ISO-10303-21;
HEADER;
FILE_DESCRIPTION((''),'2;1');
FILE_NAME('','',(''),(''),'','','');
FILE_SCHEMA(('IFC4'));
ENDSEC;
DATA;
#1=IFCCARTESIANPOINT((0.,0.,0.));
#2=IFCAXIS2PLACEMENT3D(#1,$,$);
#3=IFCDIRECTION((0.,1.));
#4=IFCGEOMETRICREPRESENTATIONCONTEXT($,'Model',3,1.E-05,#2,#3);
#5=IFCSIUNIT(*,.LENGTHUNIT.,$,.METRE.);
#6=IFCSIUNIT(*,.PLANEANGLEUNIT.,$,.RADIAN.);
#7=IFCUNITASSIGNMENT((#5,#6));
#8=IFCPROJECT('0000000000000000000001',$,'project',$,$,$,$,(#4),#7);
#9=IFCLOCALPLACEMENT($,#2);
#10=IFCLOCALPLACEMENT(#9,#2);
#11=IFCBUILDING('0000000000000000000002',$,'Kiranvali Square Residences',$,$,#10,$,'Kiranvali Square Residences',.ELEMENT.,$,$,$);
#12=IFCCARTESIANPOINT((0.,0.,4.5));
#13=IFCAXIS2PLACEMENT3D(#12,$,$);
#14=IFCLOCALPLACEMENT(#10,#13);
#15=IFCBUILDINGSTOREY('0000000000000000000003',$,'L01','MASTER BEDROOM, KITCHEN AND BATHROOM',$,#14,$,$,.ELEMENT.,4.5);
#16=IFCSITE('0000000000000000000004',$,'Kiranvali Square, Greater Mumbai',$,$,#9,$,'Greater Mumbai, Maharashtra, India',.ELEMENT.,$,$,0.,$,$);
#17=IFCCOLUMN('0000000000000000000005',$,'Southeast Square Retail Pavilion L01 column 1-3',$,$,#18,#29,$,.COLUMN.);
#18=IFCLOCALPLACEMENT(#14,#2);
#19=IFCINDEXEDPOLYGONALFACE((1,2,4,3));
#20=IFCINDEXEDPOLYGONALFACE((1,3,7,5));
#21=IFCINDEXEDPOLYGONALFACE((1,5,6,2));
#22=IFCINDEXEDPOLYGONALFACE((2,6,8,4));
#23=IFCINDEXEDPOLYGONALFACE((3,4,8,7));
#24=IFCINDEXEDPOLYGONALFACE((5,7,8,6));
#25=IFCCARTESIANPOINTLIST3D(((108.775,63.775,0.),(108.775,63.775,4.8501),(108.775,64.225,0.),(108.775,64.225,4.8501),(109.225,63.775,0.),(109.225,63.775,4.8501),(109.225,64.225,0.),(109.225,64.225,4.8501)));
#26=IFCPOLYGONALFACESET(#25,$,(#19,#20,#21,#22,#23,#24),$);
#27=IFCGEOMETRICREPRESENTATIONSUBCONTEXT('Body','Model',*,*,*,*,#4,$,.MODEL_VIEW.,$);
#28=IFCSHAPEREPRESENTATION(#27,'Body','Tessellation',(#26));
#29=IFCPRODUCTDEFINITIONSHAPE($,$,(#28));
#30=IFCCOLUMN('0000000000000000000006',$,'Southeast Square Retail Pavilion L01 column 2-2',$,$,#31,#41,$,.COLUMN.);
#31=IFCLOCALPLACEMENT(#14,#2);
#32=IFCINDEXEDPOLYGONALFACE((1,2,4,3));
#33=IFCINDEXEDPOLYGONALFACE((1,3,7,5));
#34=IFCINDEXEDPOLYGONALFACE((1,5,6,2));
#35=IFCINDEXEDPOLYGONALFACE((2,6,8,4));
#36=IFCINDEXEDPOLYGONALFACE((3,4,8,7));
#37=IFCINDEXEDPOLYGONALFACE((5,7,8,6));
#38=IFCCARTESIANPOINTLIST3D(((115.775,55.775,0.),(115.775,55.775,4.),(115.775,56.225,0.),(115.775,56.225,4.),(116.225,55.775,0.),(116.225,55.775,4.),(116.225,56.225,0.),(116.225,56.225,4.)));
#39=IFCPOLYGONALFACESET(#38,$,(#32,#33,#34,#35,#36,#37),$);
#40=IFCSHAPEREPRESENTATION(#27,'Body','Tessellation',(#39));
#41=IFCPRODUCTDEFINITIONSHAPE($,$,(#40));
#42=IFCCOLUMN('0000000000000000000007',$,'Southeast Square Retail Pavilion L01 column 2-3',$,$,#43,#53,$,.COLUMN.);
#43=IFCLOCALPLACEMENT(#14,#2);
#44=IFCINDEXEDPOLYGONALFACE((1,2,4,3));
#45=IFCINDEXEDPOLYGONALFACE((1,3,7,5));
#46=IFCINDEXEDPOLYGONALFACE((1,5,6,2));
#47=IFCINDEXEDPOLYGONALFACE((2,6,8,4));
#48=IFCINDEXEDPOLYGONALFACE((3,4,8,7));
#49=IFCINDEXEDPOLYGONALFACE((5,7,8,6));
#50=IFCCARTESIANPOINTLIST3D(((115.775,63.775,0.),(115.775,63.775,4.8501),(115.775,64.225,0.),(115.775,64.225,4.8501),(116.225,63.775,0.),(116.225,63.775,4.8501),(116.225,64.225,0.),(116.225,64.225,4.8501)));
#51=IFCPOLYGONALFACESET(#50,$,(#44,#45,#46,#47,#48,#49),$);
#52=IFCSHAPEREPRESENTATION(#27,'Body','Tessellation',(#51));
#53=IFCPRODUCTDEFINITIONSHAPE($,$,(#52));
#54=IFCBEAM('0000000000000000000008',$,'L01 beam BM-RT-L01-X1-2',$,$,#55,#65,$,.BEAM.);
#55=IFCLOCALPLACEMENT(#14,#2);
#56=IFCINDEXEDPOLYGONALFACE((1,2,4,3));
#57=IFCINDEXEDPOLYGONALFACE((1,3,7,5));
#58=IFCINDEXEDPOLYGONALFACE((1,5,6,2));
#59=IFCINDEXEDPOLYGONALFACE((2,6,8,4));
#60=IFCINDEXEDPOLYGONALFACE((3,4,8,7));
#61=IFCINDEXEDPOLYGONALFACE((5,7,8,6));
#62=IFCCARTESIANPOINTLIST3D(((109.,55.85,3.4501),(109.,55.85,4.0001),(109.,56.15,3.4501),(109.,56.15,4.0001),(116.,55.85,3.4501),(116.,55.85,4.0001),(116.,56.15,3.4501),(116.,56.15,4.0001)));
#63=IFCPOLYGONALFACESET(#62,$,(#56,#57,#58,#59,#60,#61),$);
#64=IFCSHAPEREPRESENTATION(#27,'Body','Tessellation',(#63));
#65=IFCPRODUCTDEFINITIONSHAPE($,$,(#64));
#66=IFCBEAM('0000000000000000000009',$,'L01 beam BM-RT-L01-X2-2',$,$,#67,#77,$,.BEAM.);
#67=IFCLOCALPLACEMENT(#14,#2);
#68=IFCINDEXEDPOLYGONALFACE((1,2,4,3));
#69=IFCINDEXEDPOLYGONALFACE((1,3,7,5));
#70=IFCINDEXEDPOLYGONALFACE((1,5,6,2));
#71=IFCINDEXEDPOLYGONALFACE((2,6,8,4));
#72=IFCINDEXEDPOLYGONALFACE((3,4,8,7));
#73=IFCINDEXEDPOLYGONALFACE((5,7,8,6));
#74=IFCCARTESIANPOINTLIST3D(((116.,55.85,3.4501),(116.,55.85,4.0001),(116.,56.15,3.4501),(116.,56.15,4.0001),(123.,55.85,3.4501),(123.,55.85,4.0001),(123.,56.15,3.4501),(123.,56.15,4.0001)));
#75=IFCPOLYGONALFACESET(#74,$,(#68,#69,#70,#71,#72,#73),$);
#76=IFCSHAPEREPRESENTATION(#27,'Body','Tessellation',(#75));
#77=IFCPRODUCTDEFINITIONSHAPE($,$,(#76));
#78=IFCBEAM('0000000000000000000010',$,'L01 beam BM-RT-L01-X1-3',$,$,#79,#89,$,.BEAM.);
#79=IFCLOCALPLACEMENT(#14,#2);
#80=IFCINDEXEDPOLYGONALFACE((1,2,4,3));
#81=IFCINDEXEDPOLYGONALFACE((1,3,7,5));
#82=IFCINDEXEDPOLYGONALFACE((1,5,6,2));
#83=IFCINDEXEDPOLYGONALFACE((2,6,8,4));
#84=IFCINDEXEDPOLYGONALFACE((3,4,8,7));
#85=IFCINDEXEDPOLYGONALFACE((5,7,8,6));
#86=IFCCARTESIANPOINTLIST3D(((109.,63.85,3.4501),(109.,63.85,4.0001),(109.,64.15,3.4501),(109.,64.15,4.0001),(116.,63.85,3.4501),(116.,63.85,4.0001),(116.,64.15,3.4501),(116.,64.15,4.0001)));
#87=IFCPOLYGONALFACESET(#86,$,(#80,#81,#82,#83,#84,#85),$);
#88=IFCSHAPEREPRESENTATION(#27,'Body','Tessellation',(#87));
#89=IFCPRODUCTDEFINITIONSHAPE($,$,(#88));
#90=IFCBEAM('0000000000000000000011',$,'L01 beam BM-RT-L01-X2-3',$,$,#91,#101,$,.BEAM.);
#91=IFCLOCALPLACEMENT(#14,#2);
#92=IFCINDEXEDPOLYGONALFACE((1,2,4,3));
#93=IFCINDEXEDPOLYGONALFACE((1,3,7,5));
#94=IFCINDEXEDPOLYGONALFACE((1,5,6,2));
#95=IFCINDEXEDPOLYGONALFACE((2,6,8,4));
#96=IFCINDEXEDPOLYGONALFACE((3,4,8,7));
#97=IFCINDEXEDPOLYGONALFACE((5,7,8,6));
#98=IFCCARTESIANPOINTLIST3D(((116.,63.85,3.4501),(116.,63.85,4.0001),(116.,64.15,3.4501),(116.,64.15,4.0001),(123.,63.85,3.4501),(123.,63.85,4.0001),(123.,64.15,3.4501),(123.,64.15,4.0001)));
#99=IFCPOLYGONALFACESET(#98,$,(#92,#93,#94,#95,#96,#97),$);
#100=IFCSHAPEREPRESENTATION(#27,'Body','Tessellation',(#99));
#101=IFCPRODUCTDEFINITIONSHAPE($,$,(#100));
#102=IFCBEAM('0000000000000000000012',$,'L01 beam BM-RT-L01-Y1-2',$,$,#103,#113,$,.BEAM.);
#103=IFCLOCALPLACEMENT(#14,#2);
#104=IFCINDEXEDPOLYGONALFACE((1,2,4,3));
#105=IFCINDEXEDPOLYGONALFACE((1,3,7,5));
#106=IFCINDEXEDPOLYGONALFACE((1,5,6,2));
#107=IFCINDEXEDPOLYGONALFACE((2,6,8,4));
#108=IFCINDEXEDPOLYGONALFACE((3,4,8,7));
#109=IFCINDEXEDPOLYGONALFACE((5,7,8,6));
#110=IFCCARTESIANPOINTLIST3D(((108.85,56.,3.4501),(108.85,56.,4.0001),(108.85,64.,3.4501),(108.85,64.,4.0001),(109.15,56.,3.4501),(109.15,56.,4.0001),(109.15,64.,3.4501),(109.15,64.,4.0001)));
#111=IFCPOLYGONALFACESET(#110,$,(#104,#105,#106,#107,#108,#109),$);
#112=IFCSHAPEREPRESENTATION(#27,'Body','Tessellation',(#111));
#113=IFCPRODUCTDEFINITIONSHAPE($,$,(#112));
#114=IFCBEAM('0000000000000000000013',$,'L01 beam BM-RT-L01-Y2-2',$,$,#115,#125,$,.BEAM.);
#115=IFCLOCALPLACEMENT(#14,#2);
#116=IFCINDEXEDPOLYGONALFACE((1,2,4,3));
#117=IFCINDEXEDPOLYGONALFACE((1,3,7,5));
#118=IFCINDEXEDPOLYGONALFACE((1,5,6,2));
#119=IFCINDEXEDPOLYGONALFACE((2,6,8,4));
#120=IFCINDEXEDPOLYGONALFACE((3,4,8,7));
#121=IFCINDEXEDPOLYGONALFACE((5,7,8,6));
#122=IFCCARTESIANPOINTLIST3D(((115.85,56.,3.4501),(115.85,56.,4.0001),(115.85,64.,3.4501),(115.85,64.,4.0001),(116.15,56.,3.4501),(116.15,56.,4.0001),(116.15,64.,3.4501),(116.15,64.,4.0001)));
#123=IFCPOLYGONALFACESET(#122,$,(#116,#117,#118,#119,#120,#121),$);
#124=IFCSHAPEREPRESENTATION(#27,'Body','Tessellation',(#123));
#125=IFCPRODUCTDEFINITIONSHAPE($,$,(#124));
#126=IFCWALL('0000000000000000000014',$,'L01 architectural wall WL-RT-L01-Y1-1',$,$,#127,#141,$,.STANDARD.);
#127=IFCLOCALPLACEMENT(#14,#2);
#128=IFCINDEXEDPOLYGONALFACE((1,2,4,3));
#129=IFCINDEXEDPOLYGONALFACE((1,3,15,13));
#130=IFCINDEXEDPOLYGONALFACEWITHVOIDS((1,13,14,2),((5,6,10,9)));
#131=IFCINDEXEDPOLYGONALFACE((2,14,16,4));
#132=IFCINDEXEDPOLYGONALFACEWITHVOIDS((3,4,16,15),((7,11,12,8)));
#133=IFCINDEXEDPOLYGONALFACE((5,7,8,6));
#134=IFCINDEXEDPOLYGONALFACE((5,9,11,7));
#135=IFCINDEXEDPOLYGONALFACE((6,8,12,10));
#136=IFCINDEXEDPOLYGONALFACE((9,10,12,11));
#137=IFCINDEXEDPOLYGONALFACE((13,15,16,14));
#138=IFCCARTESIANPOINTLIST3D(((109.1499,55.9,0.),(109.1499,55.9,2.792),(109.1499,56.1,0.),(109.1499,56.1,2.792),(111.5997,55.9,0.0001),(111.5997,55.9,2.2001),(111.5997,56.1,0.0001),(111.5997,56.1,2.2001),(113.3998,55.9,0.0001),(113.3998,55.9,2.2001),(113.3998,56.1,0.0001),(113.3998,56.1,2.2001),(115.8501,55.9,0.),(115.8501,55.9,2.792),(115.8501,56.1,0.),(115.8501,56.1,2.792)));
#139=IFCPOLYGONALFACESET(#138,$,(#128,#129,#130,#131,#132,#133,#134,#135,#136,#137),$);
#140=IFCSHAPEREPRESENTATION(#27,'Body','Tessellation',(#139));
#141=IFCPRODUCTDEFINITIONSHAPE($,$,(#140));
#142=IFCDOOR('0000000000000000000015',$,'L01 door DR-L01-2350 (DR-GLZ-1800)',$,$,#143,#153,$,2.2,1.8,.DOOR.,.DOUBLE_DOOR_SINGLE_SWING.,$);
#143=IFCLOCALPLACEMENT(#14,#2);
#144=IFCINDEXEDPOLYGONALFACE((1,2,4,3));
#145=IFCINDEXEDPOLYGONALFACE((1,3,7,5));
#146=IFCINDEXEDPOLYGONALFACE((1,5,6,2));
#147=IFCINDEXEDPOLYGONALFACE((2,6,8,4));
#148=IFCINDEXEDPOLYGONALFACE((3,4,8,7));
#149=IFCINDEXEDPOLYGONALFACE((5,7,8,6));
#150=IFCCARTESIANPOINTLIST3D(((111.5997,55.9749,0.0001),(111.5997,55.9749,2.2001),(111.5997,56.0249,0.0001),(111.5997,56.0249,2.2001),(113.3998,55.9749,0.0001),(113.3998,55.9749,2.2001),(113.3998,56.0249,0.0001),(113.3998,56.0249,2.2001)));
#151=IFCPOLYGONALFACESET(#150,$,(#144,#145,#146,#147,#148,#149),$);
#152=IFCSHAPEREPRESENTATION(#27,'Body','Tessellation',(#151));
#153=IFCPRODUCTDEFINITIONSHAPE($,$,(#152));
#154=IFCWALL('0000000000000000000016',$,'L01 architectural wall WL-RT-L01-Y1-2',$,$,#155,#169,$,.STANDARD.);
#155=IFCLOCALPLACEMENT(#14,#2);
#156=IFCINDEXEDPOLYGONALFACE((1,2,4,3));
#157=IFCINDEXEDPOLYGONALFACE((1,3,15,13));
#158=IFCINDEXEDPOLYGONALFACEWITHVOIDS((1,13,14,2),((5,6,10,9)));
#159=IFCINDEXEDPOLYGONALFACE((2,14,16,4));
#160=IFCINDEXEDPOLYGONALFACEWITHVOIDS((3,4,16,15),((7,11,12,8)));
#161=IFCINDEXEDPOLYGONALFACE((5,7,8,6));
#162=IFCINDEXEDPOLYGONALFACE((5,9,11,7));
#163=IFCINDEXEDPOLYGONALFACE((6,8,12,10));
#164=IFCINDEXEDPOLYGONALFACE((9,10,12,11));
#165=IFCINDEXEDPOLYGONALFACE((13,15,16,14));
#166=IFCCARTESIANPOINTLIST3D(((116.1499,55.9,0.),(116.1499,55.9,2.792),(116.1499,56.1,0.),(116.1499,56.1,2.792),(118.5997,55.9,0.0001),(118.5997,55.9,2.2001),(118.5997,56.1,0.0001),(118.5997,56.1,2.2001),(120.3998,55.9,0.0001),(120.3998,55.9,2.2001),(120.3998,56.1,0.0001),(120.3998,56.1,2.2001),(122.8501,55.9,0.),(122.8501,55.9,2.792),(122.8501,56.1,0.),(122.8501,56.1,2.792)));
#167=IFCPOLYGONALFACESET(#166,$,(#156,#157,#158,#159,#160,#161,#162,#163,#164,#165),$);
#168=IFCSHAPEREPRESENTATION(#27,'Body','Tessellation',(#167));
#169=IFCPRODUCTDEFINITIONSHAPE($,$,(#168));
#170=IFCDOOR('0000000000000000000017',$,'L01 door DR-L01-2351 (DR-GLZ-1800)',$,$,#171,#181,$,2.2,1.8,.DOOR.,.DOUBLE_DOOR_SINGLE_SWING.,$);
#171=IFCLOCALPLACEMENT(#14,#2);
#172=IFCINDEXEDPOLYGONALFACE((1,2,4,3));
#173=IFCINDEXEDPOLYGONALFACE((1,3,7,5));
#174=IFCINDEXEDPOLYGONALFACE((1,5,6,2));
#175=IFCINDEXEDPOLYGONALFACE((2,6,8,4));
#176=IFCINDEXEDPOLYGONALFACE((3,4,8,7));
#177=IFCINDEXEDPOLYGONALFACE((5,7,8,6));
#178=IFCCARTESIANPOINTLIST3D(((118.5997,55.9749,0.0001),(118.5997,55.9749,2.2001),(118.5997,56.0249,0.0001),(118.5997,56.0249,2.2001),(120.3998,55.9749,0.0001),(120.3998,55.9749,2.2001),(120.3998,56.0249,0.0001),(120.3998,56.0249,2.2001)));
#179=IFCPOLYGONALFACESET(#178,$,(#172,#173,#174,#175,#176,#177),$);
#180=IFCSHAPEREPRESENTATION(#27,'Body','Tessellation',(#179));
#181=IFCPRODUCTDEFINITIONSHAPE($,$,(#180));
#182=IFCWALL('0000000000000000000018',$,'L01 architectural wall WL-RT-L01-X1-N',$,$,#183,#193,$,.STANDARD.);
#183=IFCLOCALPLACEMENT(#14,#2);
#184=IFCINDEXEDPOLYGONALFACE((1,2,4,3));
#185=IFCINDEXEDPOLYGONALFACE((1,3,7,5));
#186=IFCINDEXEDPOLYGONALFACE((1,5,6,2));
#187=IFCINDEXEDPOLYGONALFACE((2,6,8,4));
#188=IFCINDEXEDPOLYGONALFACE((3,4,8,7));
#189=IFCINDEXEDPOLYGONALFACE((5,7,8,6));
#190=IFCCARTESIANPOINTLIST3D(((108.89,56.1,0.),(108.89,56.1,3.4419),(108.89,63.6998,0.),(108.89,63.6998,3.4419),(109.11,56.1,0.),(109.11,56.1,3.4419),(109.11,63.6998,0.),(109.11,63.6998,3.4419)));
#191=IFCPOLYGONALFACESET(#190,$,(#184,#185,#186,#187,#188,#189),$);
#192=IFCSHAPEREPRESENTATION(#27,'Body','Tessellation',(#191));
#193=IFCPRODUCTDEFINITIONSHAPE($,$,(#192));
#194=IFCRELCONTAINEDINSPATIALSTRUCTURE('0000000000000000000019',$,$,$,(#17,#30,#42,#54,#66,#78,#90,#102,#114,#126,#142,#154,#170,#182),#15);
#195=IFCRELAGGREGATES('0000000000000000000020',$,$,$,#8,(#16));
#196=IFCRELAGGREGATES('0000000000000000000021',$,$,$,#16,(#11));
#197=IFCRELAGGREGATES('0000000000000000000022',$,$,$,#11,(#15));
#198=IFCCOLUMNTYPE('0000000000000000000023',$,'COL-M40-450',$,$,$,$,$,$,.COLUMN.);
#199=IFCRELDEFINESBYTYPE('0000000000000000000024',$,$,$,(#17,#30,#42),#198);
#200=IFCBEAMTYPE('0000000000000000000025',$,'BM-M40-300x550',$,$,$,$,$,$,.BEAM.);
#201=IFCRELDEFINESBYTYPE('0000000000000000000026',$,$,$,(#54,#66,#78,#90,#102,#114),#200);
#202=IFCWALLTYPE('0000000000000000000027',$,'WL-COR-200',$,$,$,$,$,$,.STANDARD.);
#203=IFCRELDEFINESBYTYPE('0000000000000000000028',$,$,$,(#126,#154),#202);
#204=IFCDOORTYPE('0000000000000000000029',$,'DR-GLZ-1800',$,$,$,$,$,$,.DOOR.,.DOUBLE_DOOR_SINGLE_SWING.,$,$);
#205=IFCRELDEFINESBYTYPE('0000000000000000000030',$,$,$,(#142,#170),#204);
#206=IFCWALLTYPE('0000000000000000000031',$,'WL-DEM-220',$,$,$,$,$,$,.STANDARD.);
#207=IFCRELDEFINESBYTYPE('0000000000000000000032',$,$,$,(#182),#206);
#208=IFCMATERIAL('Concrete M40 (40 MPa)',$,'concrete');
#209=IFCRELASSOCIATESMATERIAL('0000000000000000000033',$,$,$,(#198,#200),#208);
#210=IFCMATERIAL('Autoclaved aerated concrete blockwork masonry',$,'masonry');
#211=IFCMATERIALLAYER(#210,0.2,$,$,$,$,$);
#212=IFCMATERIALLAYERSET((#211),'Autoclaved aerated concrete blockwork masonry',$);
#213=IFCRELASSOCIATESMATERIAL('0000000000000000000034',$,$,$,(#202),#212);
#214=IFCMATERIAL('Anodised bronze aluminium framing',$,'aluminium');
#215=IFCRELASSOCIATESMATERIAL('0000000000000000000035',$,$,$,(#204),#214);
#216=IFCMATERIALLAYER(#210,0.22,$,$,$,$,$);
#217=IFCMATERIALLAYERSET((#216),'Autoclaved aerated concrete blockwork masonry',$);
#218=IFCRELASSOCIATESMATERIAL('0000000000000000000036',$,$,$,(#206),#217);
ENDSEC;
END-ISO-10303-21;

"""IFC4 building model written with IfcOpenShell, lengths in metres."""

from ifc_helpers import new_model, si_unit, direction, frame, frame_2d, origin, origin_2d, place, context, subcontext, project, spatial, rectangle, extrude, material, layer, layer_set, material_profile, profile_set, type_object, element, fill, save


model = new_model("IFC4")

# Units and contexts
model_context = context("Model", 3, precision=1e-05, world=origin(), true_north=direction((0.0, 1.0)))
body_context = subcontext(model_context, "Body", "Model", "MODEL_VIEW")
ifc_project = project(units=[si_unit("LENGTHUNIT", "METRE"), si_unit("PLANEANGLEUNIT", "RADIAN")], contexts=[model_context])

# Site, building, storey
site_placement = place(None, origin())
site = spatial("IfcSite", under=ifc_project, at=site_placement, Name="Kiranvali Square, Greater Mumbai", LongName="Greater Mumbai, Maharashtra, India", CompositionType="ELEMENT", RefElevation=0.0)
building_placement = place(site_placement, origin())
building = spatial("IfcBuilding", under=site, at=building_placement, Name="Kiranvali Square Residences", LongName="Kiranvali Square Residences", CompositionType="ELEMENT")
storey_placement = place(building_placement, frame((0.0, 0.0, 4.5)))
storey = spatial("IfcBuildingStorey", under=building, at=storey_placement, Name="L01", Description="MASTER BEDROOM, KITCHEN AND BATHROOM", CompositionType="ELEMENT", Elevation=4.5)

# Columns
ifc_material_1 = material(Name="Concrete M40 (40 MPa)", Category="concrete")
ifc_material_profile_1 = material_profile(ifc_material_1, rectangle(XDim=0.45, YDim=0.45, at=origin_2d()), Name="RC 450x450")
ifc_profile_set_1 = profile_set([ifc_material_profile_1], Name="Concrete M40 (40 MPa)")
column_type = type_object("IfcColumnType", Name="COL-M40-450", PredefinedType="COLUMN", material=ifc_profile_set_1)
column_1_placement = place(storey_placement, frame((109.0, 64.0, 0.0), z_axis=(0.0, 0.0, 1.0), x_axis=(1.0, 0.0, 0.0)))
element("IfcColumn", 1, at=column_1_placement, inside=storey, type_object=column_type, Name="Southeast Square Retail Pavilion L01 column 1-3", PredefinedType="COLUMN", context=body_context, shape_type="SweptSolid", body=[
    extrude(rectangle(XDim=0.45, YDim=0.45, at=origin_2d()), origin(), (0.0, 0.0, 1.0), 4.8501),
])
column_2_placement = place(storey_placement, frame((116.0, 56.0, 0.0), z_axis=(0.0, 0.0, 1.0), x_axis=(1.0, 0.0, 0.0)))
element("IfcColumn", 2, at=column_2_placement, inside=storey, type_object=column_type, Name="Southeast Square Retail Pavilion L01 column 2-2", PredefinedType="COLUMN", context=body_context, shape_type="SweptSolid", body=[
    extrude(rectangle(XDim=0.45, YDim=0.45, at=origin_2d()), origin(), (0.0, 0.0, 1.0), 4.0),
])
column_3_placement = place(storey_placement, frame((116.0, 64.0, 0.0), z_axis=(0.0, 0.0, 1.0), x_axis=(1.0, 0.0, 0.0)))
element("IfcColumn", 3, at=column_3_placement, inside=storey, type_object=column_type, Name="Southeast Square Retail Pavilion L01 column 2-3", PredefinedType="COLUMN", context=body_context, shape_type="SweptSolid", body=[
    extrude(rectangle(XDim=0.45, YDim=0.45, at=origin_2d()), origin(), (0.0, 0.0, 1.0), 4.8501),
])

# Beams
ifc_material_profile_2 = material_profile(ifc_material_1, rectangle(XDim=0.3, YDim=0.55, at=origin_2d()), Name="RC 300x550")
ifc_profile_set_2 = profile_set([ifc_material_profile_2], Name="Concrete M40 (40 MPa)")
beam_type = type_object("IfcBeamType", Name="BM-M40-300x550", PredefinedType="BEAM", material=ifc_profile_set_2)
for number, where, z_axis, x_axis, name in (
    (4, (109.0, 56.0, 3.7251), (1.0, 0.0, 0.0), (0.0, 1.0, 0.0), "L01 beam BM-RT-L01-X1-2"),
    (5, (116.0, 56.0, 3.7251), (1.0, 0.0, 0.0), (0.0, 1.0, 0.0), "L01 beam BM-RT-L01-X2-2"),
    (6, (109.0, 64.0, 3.7251), (1.0, 0.0, 0.0), (0.0, 1.0, 0.0), "L01 beam BM-RT-L01-X1-3"),
    (7, (116.0, 64.0, 3.7251), (1.0, 0.0, 0.0), (0.0, 1.0, 0.0), "L01 beam BM-RT-L01-X2-3"),
):
    element("IfcBeam", number, at=place(storey_placement, frame(where, z_axis=z_axis, x_axis=x_axis)), inside=storey, type_object=beam_type, Name=name, PredefinedType="BEAM", context=body_context, shape_type="SweptSolid", body=[
        extrude(rectangle(XDim=0.3, YDim=0.55, at=origin_2d()), origin(), (0.0, 0.0, 1.0), 7.0),
    ])
for number, where, z_axis, x_axis, name in (
    (8, (109.0, 56.0, 3.7251), (0.0, 1.0, 0.0), (-1.0, 0.0, 0.0), "L01 beam BM-RT-L01-Y1-2"),
    (9, (116.0, 56.0, 3.7251), (0.0, 1.0, 0.0), (-1.0, 0.0, 0.0), "L01 beam BM-RT-L01-Y2-2"),
):
    element("IfcBeam", number, at=place(storey_placement, frame(where, z_axis=z_axis, x_axis=x_axis)), inside=storey, type_object=beam_type, Name=name, PredefinedType="BEAM", context=body_context, shape_type="SweptSolid", body=[
        extrude(rectangle(XDim=0.3, YDim=0.55, at=origin_2d()), origin(), (0.0, 0.0, 1.0), 8.0),
    ])

# Walls, openings, doors
ifc_material_2 = material(Name="Autoclaved aerated concrete blockwork masonry", Category="masonry")
ifc_layer_1 = layer(ifc_material_2, 0.2)
ifc_layer_set_1 = layer_set([ifc_layer_1], Name="Autoclaved aerated concrete blockwork masonry")
wall_type_1 = type_object("IfcWallType", Name="WL-COR-200", PredefinedType="STANDARD", material=ifc_layer_set_1)
wall_1_placement = place(storey_placement, frame((109.1499, 56.0, 0.0), z_axis=(0.0, 0.0, 1.0), x_axis=(1.0, 0.0, 0.0)))
wall_1 = element("IfcWall", 10, at=wall_1_placement, inside=storey, type_object=wall_type_1, Name="L01 architectural wall WL-RT-L01-Y1-1", PredefinedType="STANDARD", context=body_context, shape_type="SweptSolid", body=[
    extrude(rectangle(XDim=6.7002, YDim=0.2, at=frame_2d((3.3501, 0.0))), origin(), (0.0, 0.0, 1.0), 2.792),
])
opening_1_placement = place(wall_1_placement, frame((2.45, 0.0, 0.0)))
opening_1 = element("IfcOpeningElement", 11, at=opening_1_placement, cuts=wall_1, PredefinedType="OPENING", context=body_context, shape_type="SweptSolid", body=[
    extrude(rectangle(XDim=1.8, YDim=2.2, at=frame_2d((0.8999, 1.1001))), frame((0.0, 0.1099, 0.0), z_axis=(0.0, -1.0, 0.0), x_axis=(1.0, 0.0, 0.0)), (0.0, 0.0, 1.0), 0.22),
])
ifc_material_3 = material(Name="Anodised bronze aluminium framing", Category="aluminium")
door_type = type_object("IfcDoorType", Name="DR-GLZ-1800", OperationType="DOUBLE_DOOR_SINGLE_SWING", PredefinedType="DOOR", material=ifc_material_3)
door_1_placement = place(opening_1_placement, origin())
door_1 = element("IfcDoor", 12, at=door_1_placement, inside=storey, type_object=door_type, Name="L01 door DR-L01-2350 (DR-GLZ-1800)", OperationType="DOUBLE_DOOR_SINGLE_SWING", OverallHeight=2.2, OverallWidth=1.8, PredefinedType="DOOR", context=body_context, shape_type="SweptSolid", body=[
    extrude(rectangle(XDim=1.8, YDim=2.2, at=frame_2d((0.8999, 1.1001))), frame((0.0, 0.0249, 0.0), z_axis=(0.0, -1.0, 0.0), x_axis=(1.0, 0.0, 0.0)), (0.0, 0.0, 1.0), 0.05),
])
fill(opening_1, door_1)
wall_2_placement = place(storey_placement, frame((116.1499, 56.0, 0.0), z_axis=(0.0, 0.0, 1.0), x_axis=(1.0, 0.0, 0.0)))
wall_2 = element("IfcWall", 13, at=wall_2_placement, inside=storey, type_object=wall_type_1, Name="L01 architectural wall WL-RT-L01-Y1-2", PredefinedType="STANDARD", context=body_context, shape_type="SweptSolid", body=[
    extrude(rectangle(XDim=6.7002, YDim=0.2, at=frame_2d((3.3501, 0.0))), origin(), (0.0, 0.0, 1.0), 2.792),
])
opening_2_placement = place(wall_2_placement, frame((2.45, 0.0, 0.0)))
opening_2 = element("IfcOpeningElement", 14, at=opening_2_placement, cuts=wall_2, PredefinedType="OPENING", context=body_context, shape_type="SweptSolid", body=[
    extrude(rectangle(XDim=1.8, YDim=2.2, at=frame_2d((0.8999, 1.1001))), frame((0.0, 0.1099, 0.0), z_axis=(0.0, -1.0, 0.0), x_axis=(1.0, 0.0, 0.0)), (0.0, 0.0, 1.0), 0.22),
])
door_2_placement = place(opening_2_placement, origin())
door_2 = element("IfcDoor", 15, at=door_2_placement, inside=storey, type_object=door_type, Name="L01 door DR-L01-2351 (DR-GLZ-1800)", OperationType="DOUBLE_DOOR_SINGLE_SWING", OverallHeight=2.2, OverallWidth=1.8, PredefinedType="DOOR", context=body_context, shape_type="SweptSolid", body=[
    extrude(rectangle(XDim=1.8, YDim=2.2, at=frame_2d((0.8999, 1.1001))), frame((0.0, 0.0249, 0.0), z_axis=(0.0, -1.0, 0.0), x_axis=(1.0, 0.0, 0.0)), (0.0, 0.0, 1.0), 0.05),
])
fill(opening_2, door_2)

# Wall
ifc_layer_2 = layer(ifc_material_2, 0.22)
ifc_layer_set_2 = layer_set([ifc_layer_2], Name="Autoclaved aerated concrete blockwork masonry")
wall_type_2 = type_object("IfcWallType", Name="WL-DEM-220", PredefinedType="STANDARD", material=ifc_layer_set_2)
for number, where, z_axis, x_axis, name in (
    (16, (109.0, 56.1001, 0.0), (0.0, 0.0, 1.0), (0.0, 1.0, 0.0), "L01 architectural wall WL-RT-L01-X1-N"),
):
    element("IfcWall", number, at=place(storey_placement, frame(where, z_axis=z_axis, x_axis=x_axis)), inside=storey, type_object=wall_type_2, Name=name, PredefinedType="STANDARD", context=body_context, shape_type="SweptSolid", body=[
        extrude(rectangle(XDim=7.5999, YDim=0.22, at=frame_2d((3.7998, 0.0))), origin(), (0.0, 0.0, 1.0), 3.4419),
    ])

save(model, "model.ifc")
